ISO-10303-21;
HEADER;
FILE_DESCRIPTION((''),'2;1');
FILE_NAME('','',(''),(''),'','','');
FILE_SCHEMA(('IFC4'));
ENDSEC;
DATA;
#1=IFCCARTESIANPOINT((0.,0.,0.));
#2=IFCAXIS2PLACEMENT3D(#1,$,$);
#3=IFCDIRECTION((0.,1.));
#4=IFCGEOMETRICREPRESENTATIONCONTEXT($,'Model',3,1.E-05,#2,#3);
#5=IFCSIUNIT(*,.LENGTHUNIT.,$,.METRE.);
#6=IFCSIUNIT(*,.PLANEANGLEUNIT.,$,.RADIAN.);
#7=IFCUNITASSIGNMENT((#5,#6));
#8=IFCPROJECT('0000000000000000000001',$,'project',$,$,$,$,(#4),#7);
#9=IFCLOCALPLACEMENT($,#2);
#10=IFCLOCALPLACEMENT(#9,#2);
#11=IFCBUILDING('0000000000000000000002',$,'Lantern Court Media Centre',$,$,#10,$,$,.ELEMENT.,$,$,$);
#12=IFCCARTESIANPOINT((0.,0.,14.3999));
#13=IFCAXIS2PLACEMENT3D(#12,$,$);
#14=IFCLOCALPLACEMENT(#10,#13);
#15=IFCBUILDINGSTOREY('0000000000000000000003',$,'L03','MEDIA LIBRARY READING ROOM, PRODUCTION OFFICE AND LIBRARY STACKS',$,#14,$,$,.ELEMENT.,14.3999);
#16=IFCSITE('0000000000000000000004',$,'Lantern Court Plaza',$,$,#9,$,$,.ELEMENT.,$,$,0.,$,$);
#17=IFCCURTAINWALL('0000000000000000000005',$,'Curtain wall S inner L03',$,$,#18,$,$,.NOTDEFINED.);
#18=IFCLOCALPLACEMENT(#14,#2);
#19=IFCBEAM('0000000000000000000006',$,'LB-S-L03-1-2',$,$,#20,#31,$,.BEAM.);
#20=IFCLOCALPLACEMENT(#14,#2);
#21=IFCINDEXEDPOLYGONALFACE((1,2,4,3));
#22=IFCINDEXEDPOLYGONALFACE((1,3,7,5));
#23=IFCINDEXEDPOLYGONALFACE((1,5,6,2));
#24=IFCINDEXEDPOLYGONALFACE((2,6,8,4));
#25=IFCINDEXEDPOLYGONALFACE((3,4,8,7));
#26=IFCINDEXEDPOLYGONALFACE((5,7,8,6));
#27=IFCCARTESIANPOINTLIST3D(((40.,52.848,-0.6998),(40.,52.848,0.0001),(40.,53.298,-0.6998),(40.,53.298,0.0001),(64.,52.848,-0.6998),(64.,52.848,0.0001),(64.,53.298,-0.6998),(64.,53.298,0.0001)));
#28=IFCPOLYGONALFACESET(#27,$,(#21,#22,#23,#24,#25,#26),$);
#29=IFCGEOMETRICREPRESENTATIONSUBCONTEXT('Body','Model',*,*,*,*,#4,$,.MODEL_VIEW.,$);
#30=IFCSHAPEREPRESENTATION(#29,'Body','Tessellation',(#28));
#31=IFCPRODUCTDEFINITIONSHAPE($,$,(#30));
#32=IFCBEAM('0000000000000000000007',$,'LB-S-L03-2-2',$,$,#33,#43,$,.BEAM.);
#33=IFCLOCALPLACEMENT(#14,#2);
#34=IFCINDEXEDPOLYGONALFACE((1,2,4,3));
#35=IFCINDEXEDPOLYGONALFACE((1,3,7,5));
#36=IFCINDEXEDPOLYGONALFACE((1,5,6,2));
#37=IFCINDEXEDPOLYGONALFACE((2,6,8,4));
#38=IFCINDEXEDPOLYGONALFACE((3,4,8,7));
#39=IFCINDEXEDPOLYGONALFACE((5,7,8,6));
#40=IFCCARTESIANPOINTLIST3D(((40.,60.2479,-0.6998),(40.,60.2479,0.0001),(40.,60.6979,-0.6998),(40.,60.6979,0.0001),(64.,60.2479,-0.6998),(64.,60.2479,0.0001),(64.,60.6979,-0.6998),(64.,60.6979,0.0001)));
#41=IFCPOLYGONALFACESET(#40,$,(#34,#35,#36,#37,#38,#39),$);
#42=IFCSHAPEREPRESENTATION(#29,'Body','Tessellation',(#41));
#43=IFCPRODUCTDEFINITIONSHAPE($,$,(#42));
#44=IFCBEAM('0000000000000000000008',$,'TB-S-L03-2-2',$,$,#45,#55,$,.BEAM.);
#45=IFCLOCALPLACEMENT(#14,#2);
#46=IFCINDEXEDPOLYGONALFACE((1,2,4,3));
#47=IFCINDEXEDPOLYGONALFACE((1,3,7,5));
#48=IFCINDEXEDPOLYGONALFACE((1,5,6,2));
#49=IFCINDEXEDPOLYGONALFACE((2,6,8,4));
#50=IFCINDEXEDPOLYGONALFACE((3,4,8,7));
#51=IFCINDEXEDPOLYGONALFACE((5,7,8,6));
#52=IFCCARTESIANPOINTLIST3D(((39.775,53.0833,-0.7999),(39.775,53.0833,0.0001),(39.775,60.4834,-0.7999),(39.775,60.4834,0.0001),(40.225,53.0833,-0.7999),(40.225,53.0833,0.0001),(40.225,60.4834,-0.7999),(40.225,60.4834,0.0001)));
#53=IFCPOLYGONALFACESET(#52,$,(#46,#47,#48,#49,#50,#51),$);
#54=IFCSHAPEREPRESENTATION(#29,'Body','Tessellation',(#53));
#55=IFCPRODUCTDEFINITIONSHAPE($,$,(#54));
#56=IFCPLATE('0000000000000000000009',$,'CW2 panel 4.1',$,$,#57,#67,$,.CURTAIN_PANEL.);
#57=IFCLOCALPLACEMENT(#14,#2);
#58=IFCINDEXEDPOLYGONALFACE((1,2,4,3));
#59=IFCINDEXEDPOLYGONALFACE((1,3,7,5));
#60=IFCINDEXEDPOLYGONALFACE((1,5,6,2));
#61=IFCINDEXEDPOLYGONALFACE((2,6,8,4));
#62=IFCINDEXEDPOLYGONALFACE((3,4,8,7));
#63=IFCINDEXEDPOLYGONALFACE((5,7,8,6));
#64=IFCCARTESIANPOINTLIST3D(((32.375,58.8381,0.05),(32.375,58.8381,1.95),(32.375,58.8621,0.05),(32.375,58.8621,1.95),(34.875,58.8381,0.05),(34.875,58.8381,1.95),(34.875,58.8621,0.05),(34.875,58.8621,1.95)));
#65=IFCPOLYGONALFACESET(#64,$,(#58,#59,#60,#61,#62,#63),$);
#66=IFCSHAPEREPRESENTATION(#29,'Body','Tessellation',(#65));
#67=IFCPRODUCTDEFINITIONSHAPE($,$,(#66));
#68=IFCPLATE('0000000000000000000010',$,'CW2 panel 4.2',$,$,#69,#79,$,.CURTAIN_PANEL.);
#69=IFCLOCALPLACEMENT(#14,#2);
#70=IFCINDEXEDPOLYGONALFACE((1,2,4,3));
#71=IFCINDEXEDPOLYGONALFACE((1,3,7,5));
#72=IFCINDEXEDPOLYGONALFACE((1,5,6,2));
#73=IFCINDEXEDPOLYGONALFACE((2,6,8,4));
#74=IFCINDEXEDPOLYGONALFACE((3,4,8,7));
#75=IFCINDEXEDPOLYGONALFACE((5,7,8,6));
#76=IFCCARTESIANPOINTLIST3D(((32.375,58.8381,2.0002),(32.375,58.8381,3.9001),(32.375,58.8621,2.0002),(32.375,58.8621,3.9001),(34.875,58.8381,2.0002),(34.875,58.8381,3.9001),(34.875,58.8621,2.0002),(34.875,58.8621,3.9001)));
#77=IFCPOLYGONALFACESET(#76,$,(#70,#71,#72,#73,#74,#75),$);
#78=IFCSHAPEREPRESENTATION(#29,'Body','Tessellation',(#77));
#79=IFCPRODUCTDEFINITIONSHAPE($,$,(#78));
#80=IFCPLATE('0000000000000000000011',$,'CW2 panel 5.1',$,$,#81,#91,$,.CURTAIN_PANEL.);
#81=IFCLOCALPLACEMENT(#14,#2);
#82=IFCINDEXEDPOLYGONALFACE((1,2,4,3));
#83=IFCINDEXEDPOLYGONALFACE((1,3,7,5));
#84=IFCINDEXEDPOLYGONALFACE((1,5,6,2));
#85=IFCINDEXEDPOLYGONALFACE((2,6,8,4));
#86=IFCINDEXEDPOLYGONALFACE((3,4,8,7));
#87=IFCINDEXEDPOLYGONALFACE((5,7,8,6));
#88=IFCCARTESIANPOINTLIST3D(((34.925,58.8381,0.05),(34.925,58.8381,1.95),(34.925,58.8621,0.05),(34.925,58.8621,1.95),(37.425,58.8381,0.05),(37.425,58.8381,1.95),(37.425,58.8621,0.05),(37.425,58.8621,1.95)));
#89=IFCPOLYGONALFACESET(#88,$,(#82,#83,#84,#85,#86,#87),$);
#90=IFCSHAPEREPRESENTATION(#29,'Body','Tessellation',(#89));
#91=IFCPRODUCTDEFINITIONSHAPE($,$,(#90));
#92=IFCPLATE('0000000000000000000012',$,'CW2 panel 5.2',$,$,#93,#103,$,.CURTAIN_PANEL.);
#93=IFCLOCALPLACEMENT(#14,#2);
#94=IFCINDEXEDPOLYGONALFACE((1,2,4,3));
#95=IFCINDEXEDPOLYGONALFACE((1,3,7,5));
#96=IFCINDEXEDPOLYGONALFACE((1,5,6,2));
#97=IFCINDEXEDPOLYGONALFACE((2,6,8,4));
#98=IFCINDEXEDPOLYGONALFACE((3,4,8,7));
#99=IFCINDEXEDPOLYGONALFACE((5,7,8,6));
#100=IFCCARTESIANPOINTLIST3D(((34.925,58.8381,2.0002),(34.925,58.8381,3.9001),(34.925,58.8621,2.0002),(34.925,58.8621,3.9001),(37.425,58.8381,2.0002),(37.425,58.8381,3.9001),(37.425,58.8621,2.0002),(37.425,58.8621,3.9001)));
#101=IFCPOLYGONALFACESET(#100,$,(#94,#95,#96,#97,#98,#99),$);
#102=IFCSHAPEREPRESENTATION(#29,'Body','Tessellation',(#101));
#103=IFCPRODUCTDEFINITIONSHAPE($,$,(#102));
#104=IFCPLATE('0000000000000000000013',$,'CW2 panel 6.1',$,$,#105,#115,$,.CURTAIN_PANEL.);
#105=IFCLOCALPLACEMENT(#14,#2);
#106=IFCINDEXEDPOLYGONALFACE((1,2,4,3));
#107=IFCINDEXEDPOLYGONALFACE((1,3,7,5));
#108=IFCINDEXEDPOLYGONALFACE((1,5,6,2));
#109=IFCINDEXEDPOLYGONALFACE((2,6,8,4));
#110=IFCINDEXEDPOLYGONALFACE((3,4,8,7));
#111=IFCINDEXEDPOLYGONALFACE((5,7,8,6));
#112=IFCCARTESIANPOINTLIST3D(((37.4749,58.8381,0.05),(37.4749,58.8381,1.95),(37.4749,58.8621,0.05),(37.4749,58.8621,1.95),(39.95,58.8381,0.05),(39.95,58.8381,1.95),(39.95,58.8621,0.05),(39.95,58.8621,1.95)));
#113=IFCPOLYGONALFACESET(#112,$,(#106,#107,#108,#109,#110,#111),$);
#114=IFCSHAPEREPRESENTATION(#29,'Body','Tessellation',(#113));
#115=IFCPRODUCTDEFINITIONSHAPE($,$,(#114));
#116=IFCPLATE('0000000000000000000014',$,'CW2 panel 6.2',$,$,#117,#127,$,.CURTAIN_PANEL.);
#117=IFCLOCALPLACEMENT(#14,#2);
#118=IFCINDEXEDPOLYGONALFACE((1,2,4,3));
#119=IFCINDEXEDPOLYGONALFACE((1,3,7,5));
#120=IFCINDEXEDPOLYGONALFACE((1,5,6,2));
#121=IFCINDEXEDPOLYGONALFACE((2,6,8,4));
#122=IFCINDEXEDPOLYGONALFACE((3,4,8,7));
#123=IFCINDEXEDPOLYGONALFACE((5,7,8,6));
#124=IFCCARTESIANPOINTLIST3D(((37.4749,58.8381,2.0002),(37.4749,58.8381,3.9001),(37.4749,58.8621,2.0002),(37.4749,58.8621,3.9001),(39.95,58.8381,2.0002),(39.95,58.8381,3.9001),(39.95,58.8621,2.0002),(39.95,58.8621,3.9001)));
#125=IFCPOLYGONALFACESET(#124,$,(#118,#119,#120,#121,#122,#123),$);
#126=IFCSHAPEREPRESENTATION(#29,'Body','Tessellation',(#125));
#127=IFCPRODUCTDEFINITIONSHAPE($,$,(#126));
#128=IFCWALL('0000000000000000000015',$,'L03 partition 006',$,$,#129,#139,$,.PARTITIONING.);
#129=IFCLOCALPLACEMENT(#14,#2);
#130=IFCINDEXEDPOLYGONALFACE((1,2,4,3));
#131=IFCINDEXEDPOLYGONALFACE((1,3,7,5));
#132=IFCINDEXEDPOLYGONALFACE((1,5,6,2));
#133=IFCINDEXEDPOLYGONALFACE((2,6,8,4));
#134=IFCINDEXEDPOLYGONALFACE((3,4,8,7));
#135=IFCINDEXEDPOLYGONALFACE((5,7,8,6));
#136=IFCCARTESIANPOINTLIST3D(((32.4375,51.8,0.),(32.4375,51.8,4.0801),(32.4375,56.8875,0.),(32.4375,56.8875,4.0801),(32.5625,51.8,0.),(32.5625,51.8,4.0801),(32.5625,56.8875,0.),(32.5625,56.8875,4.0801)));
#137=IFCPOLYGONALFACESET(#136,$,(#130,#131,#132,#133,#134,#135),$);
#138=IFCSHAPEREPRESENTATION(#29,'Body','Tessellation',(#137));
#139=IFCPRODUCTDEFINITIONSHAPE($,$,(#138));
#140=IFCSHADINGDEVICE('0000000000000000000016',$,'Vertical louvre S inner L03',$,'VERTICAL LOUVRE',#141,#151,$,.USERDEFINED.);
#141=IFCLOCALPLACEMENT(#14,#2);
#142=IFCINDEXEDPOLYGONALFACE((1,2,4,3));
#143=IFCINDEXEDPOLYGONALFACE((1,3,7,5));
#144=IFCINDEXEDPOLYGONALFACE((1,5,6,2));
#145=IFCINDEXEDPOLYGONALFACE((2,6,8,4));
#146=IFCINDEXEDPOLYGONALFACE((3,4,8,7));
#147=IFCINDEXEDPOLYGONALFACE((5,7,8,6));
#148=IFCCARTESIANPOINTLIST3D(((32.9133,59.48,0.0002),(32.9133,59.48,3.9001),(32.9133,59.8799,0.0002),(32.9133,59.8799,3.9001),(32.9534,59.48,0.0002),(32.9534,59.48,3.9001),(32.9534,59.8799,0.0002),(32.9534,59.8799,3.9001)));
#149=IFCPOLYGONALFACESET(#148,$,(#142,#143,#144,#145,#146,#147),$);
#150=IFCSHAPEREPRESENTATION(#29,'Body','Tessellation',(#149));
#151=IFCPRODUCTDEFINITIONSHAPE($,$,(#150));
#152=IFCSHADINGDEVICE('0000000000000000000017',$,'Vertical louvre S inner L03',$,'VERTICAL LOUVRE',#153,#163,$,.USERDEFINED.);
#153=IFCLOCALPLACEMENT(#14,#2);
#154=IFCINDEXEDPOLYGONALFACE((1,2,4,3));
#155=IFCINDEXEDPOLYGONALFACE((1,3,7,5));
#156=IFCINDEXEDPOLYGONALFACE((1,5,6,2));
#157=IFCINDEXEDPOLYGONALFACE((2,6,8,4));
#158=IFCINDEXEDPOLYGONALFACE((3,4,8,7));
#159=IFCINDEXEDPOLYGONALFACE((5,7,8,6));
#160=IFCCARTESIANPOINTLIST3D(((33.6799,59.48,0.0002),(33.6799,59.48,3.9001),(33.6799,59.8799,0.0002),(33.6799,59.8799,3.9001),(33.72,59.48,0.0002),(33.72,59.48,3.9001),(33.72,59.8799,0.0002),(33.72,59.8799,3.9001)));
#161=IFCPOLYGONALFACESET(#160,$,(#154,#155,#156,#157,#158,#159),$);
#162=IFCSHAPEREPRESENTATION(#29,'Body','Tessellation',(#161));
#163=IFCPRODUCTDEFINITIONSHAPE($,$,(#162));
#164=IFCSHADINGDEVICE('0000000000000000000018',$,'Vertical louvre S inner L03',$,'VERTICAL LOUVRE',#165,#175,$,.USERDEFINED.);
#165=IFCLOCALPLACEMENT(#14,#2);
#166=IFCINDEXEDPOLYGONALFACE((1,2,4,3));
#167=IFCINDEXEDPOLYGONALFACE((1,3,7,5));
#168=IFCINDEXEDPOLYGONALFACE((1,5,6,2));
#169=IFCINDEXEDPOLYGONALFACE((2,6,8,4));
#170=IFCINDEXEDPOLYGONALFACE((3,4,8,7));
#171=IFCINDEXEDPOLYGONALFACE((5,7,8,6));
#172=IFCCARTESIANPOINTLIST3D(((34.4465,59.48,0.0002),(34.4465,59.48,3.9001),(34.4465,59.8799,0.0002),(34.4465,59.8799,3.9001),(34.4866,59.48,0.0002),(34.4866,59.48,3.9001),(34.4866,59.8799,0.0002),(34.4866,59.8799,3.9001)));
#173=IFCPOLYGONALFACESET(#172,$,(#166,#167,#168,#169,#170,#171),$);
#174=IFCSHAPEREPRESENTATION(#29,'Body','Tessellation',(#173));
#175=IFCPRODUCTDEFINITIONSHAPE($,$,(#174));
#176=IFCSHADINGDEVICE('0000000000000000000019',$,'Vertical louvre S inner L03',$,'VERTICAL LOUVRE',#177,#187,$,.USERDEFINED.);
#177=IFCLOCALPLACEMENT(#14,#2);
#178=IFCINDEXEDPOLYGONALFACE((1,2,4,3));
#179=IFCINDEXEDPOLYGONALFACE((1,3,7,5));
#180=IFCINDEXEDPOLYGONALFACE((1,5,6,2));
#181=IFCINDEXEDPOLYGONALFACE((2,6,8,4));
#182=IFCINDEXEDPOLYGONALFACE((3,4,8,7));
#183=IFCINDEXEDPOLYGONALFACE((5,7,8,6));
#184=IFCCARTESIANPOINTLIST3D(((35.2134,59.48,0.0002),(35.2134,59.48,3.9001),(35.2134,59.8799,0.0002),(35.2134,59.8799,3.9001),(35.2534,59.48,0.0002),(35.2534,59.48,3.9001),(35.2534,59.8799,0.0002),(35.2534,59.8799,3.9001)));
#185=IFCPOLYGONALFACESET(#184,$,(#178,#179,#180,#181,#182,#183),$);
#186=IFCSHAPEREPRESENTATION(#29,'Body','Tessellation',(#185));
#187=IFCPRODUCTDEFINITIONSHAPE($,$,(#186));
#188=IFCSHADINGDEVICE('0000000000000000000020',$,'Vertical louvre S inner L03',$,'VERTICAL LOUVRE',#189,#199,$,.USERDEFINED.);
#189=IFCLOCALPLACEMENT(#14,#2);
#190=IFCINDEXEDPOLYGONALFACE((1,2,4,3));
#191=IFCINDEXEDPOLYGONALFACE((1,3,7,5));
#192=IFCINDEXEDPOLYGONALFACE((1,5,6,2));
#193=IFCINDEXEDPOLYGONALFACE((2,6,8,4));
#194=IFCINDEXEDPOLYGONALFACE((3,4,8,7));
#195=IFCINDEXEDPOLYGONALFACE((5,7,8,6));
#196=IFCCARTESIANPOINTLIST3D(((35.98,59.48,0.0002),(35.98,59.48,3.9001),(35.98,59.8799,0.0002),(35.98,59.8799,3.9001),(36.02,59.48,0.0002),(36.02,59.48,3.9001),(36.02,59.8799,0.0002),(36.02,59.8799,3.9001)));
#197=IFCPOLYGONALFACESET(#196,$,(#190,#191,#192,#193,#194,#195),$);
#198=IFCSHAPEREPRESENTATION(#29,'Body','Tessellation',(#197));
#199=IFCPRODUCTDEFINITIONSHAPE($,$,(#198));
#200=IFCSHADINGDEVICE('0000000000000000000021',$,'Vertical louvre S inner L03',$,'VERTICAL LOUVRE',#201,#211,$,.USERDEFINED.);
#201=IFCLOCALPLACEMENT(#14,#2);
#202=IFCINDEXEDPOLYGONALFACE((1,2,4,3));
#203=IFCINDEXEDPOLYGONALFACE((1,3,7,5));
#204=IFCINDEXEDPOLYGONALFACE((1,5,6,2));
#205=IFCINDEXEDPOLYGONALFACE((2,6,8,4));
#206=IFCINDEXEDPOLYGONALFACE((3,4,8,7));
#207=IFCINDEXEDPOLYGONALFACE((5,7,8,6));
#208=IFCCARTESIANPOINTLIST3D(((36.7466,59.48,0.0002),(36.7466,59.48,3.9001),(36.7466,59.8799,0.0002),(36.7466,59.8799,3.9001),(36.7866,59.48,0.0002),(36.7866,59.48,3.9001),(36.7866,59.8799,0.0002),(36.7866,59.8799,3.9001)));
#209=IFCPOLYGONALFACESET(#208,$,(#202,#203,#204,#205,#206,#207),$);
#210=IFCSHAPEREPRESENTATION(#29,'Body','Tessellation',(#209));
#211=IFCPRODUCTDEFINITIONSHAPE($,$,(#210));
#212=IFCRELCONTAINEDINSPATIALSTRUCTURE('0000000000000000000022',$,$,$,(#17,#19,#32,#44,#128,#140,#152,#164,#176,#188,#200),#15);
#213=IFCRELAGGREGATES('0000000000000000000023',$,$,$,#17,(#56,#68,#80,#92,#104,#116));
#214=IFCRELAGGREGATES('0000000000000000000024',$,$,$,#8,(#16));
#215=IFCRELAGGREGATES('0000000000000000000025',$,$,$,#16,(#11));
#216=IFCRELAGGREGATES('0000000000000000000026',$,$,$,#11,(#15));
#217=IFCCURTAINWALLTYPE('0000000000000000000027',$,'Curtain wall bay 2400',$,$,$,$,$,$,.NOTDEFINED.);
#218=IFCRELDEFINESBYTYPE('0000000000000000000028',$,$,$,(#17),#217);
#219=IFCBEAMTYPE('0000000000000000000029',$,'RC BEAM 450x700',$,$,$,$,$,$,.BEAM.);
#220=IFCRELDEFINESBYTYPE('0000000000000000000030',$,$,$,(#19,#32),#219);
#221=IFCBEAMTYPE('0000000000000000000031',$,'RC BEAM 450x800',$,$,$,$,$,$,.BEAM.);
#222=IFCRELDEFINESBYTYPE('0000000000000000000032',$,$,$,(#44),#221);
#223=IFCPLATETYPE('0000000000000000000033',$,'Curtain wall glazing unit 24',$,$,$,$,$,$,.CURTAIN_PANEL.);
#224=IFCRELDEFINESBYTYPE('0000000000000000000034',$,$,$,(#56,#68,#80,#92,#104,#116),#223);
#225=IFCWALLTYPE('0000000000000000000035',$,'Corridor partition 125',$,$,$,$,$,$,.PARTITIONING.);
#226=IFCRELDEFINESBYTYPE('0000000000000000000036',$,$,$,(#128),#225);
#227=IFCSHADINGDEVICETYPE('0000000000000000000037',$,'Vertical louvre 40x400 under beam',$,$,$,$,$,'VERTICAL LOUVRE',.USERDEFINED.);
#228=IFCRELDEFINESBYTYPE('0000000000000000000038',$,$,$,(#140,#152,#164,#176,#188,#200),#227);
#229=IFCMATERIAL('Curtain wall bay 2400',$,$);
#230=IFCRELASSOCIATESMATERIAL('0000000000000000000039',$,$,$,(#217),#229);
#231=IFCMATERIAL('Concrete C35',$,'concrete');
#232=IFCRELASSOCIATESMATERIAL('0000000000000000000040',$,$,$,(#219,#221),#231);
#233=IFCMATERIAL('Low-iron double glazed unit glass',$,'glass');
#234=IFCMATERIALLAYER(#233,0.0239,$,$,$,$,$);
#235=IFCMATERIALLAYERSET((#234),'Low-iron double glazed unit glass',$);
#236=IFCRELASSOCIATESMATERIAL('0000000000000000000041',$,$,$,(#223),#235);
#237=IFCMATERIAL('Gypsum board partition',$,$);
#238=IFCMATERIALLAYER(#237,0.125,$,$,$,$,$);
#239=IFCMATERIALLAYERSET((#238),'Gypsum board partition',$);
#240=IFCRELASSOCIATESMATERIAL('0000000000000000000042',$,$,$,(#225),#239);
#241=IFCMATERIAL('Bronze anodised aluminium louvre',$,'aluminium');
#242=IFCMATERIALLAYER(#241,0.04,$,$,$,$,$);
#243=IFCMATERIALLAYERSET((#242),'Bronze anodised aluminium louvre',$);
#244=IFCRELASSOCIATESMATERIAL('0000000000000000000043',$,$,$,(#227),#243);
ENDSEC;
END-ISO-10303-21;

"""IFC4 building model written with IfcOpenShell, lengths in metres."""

from ifc_helpers import new_model, si_unit, direction, frame, frame_2d, origin, origin_2d, place, context, subcontext, project, spatial, rectangle, extrude, material, layer, layer_set, material_profile, profile_set, type_object, element, aggregate, save


model = new_model("IFC4")

# Units and contexts
model_context = context("Model", 3, precision=1e-05, world=origin(), true_north=direction((0.0, 1.0)))
body_context = subcontext(model_context, "Body", "Model", "MODEL_VIEW")
ifc_project = project(units=[si_unit("LENGTHUNIT", "METRE"), si_unit("PLANEANGLEUNIT", "RADIAN")], contexts=[model_context])

# Site, building, storey
site_placement = place(None, origin())
site = spatial("IfcSite", under=ifc_project, at=site_placement, Name="Lantern Court Plaza", CompositionType="ELEMENT", RefElevation=0.0)
building_placement = place(site_placement, origin())
building = spatial("IfcBuilding", under=site, at=building_placement, Name="Lantern Court Media Centre", CompositionType="ELEMENT")
storey_placement = place(building_placement, frame((0.0, 0.0, 14.3999)))
storey = spatial("IfcBuildingStorey", under=building, at=storey_placement, Name="L03", Description="MEDIA LIBRARY READING ROOM, PRODUCTION OFFICE AND LIBRARY STACKS", CompositionType="ELEMENT", Elevation=14.3999)

# Shared definitions
ifc_material_1 = material(Name="Concrete C35", Category="concrete")

# Curtain wall
ifc_material_2 = material(Name="Curtain wall bay 2400")
curtain_wall_type_1 = type_object("IfcCurtainWallType", Name="Curtain wall bay 2400", PredefinedType="NOTDEFINED", material=ifc_material_2)
curtain_wall_1_placement = place(storey_placement, origin())
curtain_wall_1 = element("IfcCurtainWall", 1, at=curtain_wall_1_placement, inside=storey, type_object=curtain_wall_type_1, Name="Curtain wall S inner L03", PredefinedType="NOTDEFINED")

# Beams
ifc_material_profile_1 = material_profile(ifc_material_1, rectangle(XDim=0.45, YDim=0.7, at=origin_2d()), Name="RC 450x700")
ifc_profile_set_1 = profile_set([ifc_material_profile_1], Name="Concrete C35")
beam_type_1 = type_object("IfcBeamType", Name="RC BEAM 450x700", PredefinedType="BEAM", material=ifc_profile_set_1)
for number, where, z_axis, x_axis, name in (
    (2, (40.0, 53.073, -0.3499), (1.0, 0.0, 0.0), (0.0, 1.0, 0.0), "LB-S-L03-1-2"),
    (3, (40.0, 60.4729, -0.3499), (1.0, 0.0, 0.0), (0.0, 1.0, 0.0), "LB-S-L03-2-2"),
):
    element("IfcBeam", number, at=place(storey_placement, frame(where, z_axis=z_axis, x_axis=x_axis)), inside=storey, type_object=beam_type_1, Name=name, PredefinedType="BEAM", context=body_context, shape_type="SweptSolid", body=[
        extrude(rectangle(XDim=0.45, YDim=0.7, at=origin_2d()), origin(), (0.0, 0.0, 1.0), 24.0),
    ])
ifc_material_profile_2 = material_profile(ifc_material_1, rectangle(XDim=0.45, YDim=0.8, at=origin_2d()), Name="RC 450x800")
ifc_profile_set_2 = profile_set([ifc_material_profile_2], Name="Concrete C35")
beam_type_2 = type_object("IfcBeamType", Name="RC BEAM 450x800", PredefinedType="BEAM", material=ifc_profile_set_2)
beam_1_placement = place(storey_placement, frame((40.0, 53.0833, -0.3999), z_axis=(0.0, 1.0, 0.0), x_axis=(-1.0, 0.0, 0.0)))
element("IfcBeam", 4, at=beam_1_placement, inside=storey, type_object=beam_type_2, Name="TB-S-L03-2-2", PredefinedType="BEAM", context=body_context, shape_type="SweptSolid", body=[
    extrude(rectangle(XDim=0.45, YDim=0.8, at=origin_2d()), origin(), (0.0, 0.0, 1.0), 7.4001),
])

# Plates
ifc_material_3 = material(Name="Low-iron double glazed unit glass", Category="glass")
ifc_layer_1 = layer(ifc_material_3, 0.0239)
ifc_layer_set_1 = layer_set([ifc_layer_1], Name="Low-iron double glazed unit glass")
plate_type = type_object("IfcPlateType", Name="Curtain wall glazing unit 24", PredefinedType="CURTAIN_PANEL", material=ifc_layer_set_1)
plate_1_placement = place(storey_placement, frame((33.625, 58.8501, 0.05), z_axis=(0.0, 0.0, 1.0), x_axis=(1.0, 0.0, 0.0)))
plate_1 = element("IfcPlate", 5, at=plate_1_placement, type_object=plate_type, Name="CW2 panel 4.1", PredefinedType="CURTAIN_PANEL", context=body_context, shape_type="SweptSolid", body=[
    extrude(rectangle(XDim=2.5, YDim=0.0239, at=origin_2d()), origin(), (0.0, 0.0, 1.0), 1.8999),
])
plate_2_placement = place(storey_placement, frame((33.625, 58.8501, 2.0002), z_axis=(0.0, 0.0, 1.0), x_axis=(1.0, 0.0, 0.0)))
plate_2 = element("IfcPlate", 6, at=plate_2_placement, type_object=plate_type, Name="CW2 panel 4.2", PredefinedType="CURTAIN_PANEL", context=body_context, shape_type="SweptSolid", body=[
    extrude(rectangle(XDim=2.5, YDim=0.0239, at=origin_2d()), origin(), (0.0, 0.0, 1.0), 1.8999),
])
plate_3_placement = place(storey_placement, frame((36.175, 58.8501, 0.05), z_axis=(0.0, 0.0, 1.0), x_axis=(1.0, 0.0, 0.0)))
plate_3 = element("IfcPlate", 7, at=plate_3_placement, type_object=plate_type, Name="CW2 panel 5.1", PredefinedType="CURTAIN_PANEL", context=body_context, shape_type="SweptSolid", body=[
    extrude(rectangle(XDim=2.5, YDim=0.0239, at=origin_2d()), origin(), (0.0, 0.0, 1.0), 1.8999),
])
plate_4_placement = place(storey_placement, frame((36.175, 58.8501, 2.0002), z_axis=(0.0, 0.0, 1.0), x_axis=(1.0, 0.0, 0.0)))
plate_4 = element("IfcPlate", 8, at=plate_4_placement, type_object=plate_type, Name="CW2 panel 5.2", PredefinedType="CURTAIN_PANEL", context=body_context, shape_type="SweptSolid", body=[
    extrude(rectangle(XDim=2.5, YDim=0.0239, at=origin_2d()), origin(), (0.0, 0.0, 1.0), 1.8999),
])
plate_5_placement = place(storey_placement, frame((38.7124, 58.8501, 0.05), z_axis=(0.0, 0.0, 1.0), x_axis=(1.0, 0.0, 0.0)))
plate_5 = element("IfcPlate", 9, at=plate_5_placement, type_object=plate_type, Name="CW2 panel 6.1", PredefinedType="CURTAIN_PANEL", context=body_context, shape_type="SweptSolid", body=[
    extrude(rectangle(XDim=2.4751, YDim=0.0239, at=origin_2d()), origin(), (0.0, 0.0, 1.0), 1.8999),
])
plate_6_placement = place(storey_placement, frame((38.7124, 58.8501, 2.0002), z_axis=(0.0, 0.0, 1.0), x_axis=(1.0, 0.0, 0.0)))
plate_6 = element("IfcPlate", 10, at=plate_6_placement, type_object=plate_type, Name="CW2 panel 6.2", PredefinedType="CURTAIN_PANEL", context=body_context, shape_type="SweptSolid", body=[
    extrude(rectangle(XDim=2.4751, YDim=0.0239, at=origin_2d()), origin(), (0.0, 0.0, 1.0), 1.8999),
])
aggregate(curtain_wall_1, [plate_1, plate_2, plate_3, plate_4, plate_5, plate_6])

# Wall
ifc_material_4 = material(Name="Gypsum board partition")
ifc_layer_2 = layer(ifc_material_4, 0.125)
ifc_layer_set_2 = layer_set([ifc_layer_2], Name="Gypsum board partition")
wall_type = type_object("IfcWallType", Name="Corridor partition 125", PredefinedType="PARTITIONING", material=ifc_layer_set_2)
wall_placement = place(storey_placement, frame((32.5, 51.8, 0.0), z_axis=(0.0, 0.0, 1.0), x_axis=(0.0, 1.0, 0.0)))
element("IfcWall", 11, at=wall_placement, inside=storey, type_object=wall_type, Name="L03 partition 006", PredefinedType="PARTITIONING", context=body_context, shape_type="SweptSolid", body=[
    extrude(rectangle(XDim=5.0874, YDim=0.125, at=frame_2d((2.5437, 0.0))), origin(), (0.0, 0.0, 1.0), 4.0801),
])

# Shading devices
ifc_material_5 = material(Name="Bronze anodised aluminium louvre", Category="aluminium")
ifc_layer_3 = layer(ifc_material_5, 0.04)
ifc_layer_set_3 = layer_set([ifc_layer_3], Name="Bronze anodised aluminium louvre")
shading_device_type = type_object("IfcShadingDeviceType", Name="Vertical louvre 40x400 under beam", ElementType="VERTICAL LOUVRE", PredefinedType="USERDEFINED", material=ifc_layer_set_3)
for number, where, z_axis, x_axis, name in (
    (12, (32.9333, 59.6799, 0.0002), (0.0, 0.0, 1.0), (1.0, 0.0, 0.0), "Vertical louvre S inner L03"),
    (13, (33.7, 59.6799, 0.0002), (0.0, 0.0, 1.0), (1.0, 0.0, 0.0), "Vertical louvre S inner L03"),
    (14, (34.4666, 59.6799, 0.0002), (0.0, 0.0, 1.0), (1.0, 0.0, 0.0), "Vertical louvre S inner L03"),
    (15, (35.2334, 59.6799, 0.0002), (0.0, 0.0, 1.0), (1.0, 0.0, 0.0), "Vertical louvre S inner L03"),
    (16, (36.0, 59.6799, 0.0002), (0.0, 0.0, 1.0), (1.0, 0.0, 0.0), "Vertical louvre S inner L03"),
    (17, (36.7666, 59.6799, 0.0002), (0.0, 0.0, 1.0), (1.0, 0.0, 0.0), "Vertical louvre S inner L03"),
):
    element("IfcShadingDevice", number, at=place(storey_placement, frame(where, z_axis=z_axis, x_axis=x_axis)), inside=storey, type_object=shading_device_type, Name=name, ObjectType="VERTICAL LOUVRE", PredefinedType="USERDEFINED", context=body_context, shape_type="SweptSolid", body=[
        extrude(rectangle(XDim=0.04, YDim=0.3999, at=origin_2d()), origin(), (0.0, 0.0, 1.0), 3.8999),
    ])

save(model, "model.ifc")
